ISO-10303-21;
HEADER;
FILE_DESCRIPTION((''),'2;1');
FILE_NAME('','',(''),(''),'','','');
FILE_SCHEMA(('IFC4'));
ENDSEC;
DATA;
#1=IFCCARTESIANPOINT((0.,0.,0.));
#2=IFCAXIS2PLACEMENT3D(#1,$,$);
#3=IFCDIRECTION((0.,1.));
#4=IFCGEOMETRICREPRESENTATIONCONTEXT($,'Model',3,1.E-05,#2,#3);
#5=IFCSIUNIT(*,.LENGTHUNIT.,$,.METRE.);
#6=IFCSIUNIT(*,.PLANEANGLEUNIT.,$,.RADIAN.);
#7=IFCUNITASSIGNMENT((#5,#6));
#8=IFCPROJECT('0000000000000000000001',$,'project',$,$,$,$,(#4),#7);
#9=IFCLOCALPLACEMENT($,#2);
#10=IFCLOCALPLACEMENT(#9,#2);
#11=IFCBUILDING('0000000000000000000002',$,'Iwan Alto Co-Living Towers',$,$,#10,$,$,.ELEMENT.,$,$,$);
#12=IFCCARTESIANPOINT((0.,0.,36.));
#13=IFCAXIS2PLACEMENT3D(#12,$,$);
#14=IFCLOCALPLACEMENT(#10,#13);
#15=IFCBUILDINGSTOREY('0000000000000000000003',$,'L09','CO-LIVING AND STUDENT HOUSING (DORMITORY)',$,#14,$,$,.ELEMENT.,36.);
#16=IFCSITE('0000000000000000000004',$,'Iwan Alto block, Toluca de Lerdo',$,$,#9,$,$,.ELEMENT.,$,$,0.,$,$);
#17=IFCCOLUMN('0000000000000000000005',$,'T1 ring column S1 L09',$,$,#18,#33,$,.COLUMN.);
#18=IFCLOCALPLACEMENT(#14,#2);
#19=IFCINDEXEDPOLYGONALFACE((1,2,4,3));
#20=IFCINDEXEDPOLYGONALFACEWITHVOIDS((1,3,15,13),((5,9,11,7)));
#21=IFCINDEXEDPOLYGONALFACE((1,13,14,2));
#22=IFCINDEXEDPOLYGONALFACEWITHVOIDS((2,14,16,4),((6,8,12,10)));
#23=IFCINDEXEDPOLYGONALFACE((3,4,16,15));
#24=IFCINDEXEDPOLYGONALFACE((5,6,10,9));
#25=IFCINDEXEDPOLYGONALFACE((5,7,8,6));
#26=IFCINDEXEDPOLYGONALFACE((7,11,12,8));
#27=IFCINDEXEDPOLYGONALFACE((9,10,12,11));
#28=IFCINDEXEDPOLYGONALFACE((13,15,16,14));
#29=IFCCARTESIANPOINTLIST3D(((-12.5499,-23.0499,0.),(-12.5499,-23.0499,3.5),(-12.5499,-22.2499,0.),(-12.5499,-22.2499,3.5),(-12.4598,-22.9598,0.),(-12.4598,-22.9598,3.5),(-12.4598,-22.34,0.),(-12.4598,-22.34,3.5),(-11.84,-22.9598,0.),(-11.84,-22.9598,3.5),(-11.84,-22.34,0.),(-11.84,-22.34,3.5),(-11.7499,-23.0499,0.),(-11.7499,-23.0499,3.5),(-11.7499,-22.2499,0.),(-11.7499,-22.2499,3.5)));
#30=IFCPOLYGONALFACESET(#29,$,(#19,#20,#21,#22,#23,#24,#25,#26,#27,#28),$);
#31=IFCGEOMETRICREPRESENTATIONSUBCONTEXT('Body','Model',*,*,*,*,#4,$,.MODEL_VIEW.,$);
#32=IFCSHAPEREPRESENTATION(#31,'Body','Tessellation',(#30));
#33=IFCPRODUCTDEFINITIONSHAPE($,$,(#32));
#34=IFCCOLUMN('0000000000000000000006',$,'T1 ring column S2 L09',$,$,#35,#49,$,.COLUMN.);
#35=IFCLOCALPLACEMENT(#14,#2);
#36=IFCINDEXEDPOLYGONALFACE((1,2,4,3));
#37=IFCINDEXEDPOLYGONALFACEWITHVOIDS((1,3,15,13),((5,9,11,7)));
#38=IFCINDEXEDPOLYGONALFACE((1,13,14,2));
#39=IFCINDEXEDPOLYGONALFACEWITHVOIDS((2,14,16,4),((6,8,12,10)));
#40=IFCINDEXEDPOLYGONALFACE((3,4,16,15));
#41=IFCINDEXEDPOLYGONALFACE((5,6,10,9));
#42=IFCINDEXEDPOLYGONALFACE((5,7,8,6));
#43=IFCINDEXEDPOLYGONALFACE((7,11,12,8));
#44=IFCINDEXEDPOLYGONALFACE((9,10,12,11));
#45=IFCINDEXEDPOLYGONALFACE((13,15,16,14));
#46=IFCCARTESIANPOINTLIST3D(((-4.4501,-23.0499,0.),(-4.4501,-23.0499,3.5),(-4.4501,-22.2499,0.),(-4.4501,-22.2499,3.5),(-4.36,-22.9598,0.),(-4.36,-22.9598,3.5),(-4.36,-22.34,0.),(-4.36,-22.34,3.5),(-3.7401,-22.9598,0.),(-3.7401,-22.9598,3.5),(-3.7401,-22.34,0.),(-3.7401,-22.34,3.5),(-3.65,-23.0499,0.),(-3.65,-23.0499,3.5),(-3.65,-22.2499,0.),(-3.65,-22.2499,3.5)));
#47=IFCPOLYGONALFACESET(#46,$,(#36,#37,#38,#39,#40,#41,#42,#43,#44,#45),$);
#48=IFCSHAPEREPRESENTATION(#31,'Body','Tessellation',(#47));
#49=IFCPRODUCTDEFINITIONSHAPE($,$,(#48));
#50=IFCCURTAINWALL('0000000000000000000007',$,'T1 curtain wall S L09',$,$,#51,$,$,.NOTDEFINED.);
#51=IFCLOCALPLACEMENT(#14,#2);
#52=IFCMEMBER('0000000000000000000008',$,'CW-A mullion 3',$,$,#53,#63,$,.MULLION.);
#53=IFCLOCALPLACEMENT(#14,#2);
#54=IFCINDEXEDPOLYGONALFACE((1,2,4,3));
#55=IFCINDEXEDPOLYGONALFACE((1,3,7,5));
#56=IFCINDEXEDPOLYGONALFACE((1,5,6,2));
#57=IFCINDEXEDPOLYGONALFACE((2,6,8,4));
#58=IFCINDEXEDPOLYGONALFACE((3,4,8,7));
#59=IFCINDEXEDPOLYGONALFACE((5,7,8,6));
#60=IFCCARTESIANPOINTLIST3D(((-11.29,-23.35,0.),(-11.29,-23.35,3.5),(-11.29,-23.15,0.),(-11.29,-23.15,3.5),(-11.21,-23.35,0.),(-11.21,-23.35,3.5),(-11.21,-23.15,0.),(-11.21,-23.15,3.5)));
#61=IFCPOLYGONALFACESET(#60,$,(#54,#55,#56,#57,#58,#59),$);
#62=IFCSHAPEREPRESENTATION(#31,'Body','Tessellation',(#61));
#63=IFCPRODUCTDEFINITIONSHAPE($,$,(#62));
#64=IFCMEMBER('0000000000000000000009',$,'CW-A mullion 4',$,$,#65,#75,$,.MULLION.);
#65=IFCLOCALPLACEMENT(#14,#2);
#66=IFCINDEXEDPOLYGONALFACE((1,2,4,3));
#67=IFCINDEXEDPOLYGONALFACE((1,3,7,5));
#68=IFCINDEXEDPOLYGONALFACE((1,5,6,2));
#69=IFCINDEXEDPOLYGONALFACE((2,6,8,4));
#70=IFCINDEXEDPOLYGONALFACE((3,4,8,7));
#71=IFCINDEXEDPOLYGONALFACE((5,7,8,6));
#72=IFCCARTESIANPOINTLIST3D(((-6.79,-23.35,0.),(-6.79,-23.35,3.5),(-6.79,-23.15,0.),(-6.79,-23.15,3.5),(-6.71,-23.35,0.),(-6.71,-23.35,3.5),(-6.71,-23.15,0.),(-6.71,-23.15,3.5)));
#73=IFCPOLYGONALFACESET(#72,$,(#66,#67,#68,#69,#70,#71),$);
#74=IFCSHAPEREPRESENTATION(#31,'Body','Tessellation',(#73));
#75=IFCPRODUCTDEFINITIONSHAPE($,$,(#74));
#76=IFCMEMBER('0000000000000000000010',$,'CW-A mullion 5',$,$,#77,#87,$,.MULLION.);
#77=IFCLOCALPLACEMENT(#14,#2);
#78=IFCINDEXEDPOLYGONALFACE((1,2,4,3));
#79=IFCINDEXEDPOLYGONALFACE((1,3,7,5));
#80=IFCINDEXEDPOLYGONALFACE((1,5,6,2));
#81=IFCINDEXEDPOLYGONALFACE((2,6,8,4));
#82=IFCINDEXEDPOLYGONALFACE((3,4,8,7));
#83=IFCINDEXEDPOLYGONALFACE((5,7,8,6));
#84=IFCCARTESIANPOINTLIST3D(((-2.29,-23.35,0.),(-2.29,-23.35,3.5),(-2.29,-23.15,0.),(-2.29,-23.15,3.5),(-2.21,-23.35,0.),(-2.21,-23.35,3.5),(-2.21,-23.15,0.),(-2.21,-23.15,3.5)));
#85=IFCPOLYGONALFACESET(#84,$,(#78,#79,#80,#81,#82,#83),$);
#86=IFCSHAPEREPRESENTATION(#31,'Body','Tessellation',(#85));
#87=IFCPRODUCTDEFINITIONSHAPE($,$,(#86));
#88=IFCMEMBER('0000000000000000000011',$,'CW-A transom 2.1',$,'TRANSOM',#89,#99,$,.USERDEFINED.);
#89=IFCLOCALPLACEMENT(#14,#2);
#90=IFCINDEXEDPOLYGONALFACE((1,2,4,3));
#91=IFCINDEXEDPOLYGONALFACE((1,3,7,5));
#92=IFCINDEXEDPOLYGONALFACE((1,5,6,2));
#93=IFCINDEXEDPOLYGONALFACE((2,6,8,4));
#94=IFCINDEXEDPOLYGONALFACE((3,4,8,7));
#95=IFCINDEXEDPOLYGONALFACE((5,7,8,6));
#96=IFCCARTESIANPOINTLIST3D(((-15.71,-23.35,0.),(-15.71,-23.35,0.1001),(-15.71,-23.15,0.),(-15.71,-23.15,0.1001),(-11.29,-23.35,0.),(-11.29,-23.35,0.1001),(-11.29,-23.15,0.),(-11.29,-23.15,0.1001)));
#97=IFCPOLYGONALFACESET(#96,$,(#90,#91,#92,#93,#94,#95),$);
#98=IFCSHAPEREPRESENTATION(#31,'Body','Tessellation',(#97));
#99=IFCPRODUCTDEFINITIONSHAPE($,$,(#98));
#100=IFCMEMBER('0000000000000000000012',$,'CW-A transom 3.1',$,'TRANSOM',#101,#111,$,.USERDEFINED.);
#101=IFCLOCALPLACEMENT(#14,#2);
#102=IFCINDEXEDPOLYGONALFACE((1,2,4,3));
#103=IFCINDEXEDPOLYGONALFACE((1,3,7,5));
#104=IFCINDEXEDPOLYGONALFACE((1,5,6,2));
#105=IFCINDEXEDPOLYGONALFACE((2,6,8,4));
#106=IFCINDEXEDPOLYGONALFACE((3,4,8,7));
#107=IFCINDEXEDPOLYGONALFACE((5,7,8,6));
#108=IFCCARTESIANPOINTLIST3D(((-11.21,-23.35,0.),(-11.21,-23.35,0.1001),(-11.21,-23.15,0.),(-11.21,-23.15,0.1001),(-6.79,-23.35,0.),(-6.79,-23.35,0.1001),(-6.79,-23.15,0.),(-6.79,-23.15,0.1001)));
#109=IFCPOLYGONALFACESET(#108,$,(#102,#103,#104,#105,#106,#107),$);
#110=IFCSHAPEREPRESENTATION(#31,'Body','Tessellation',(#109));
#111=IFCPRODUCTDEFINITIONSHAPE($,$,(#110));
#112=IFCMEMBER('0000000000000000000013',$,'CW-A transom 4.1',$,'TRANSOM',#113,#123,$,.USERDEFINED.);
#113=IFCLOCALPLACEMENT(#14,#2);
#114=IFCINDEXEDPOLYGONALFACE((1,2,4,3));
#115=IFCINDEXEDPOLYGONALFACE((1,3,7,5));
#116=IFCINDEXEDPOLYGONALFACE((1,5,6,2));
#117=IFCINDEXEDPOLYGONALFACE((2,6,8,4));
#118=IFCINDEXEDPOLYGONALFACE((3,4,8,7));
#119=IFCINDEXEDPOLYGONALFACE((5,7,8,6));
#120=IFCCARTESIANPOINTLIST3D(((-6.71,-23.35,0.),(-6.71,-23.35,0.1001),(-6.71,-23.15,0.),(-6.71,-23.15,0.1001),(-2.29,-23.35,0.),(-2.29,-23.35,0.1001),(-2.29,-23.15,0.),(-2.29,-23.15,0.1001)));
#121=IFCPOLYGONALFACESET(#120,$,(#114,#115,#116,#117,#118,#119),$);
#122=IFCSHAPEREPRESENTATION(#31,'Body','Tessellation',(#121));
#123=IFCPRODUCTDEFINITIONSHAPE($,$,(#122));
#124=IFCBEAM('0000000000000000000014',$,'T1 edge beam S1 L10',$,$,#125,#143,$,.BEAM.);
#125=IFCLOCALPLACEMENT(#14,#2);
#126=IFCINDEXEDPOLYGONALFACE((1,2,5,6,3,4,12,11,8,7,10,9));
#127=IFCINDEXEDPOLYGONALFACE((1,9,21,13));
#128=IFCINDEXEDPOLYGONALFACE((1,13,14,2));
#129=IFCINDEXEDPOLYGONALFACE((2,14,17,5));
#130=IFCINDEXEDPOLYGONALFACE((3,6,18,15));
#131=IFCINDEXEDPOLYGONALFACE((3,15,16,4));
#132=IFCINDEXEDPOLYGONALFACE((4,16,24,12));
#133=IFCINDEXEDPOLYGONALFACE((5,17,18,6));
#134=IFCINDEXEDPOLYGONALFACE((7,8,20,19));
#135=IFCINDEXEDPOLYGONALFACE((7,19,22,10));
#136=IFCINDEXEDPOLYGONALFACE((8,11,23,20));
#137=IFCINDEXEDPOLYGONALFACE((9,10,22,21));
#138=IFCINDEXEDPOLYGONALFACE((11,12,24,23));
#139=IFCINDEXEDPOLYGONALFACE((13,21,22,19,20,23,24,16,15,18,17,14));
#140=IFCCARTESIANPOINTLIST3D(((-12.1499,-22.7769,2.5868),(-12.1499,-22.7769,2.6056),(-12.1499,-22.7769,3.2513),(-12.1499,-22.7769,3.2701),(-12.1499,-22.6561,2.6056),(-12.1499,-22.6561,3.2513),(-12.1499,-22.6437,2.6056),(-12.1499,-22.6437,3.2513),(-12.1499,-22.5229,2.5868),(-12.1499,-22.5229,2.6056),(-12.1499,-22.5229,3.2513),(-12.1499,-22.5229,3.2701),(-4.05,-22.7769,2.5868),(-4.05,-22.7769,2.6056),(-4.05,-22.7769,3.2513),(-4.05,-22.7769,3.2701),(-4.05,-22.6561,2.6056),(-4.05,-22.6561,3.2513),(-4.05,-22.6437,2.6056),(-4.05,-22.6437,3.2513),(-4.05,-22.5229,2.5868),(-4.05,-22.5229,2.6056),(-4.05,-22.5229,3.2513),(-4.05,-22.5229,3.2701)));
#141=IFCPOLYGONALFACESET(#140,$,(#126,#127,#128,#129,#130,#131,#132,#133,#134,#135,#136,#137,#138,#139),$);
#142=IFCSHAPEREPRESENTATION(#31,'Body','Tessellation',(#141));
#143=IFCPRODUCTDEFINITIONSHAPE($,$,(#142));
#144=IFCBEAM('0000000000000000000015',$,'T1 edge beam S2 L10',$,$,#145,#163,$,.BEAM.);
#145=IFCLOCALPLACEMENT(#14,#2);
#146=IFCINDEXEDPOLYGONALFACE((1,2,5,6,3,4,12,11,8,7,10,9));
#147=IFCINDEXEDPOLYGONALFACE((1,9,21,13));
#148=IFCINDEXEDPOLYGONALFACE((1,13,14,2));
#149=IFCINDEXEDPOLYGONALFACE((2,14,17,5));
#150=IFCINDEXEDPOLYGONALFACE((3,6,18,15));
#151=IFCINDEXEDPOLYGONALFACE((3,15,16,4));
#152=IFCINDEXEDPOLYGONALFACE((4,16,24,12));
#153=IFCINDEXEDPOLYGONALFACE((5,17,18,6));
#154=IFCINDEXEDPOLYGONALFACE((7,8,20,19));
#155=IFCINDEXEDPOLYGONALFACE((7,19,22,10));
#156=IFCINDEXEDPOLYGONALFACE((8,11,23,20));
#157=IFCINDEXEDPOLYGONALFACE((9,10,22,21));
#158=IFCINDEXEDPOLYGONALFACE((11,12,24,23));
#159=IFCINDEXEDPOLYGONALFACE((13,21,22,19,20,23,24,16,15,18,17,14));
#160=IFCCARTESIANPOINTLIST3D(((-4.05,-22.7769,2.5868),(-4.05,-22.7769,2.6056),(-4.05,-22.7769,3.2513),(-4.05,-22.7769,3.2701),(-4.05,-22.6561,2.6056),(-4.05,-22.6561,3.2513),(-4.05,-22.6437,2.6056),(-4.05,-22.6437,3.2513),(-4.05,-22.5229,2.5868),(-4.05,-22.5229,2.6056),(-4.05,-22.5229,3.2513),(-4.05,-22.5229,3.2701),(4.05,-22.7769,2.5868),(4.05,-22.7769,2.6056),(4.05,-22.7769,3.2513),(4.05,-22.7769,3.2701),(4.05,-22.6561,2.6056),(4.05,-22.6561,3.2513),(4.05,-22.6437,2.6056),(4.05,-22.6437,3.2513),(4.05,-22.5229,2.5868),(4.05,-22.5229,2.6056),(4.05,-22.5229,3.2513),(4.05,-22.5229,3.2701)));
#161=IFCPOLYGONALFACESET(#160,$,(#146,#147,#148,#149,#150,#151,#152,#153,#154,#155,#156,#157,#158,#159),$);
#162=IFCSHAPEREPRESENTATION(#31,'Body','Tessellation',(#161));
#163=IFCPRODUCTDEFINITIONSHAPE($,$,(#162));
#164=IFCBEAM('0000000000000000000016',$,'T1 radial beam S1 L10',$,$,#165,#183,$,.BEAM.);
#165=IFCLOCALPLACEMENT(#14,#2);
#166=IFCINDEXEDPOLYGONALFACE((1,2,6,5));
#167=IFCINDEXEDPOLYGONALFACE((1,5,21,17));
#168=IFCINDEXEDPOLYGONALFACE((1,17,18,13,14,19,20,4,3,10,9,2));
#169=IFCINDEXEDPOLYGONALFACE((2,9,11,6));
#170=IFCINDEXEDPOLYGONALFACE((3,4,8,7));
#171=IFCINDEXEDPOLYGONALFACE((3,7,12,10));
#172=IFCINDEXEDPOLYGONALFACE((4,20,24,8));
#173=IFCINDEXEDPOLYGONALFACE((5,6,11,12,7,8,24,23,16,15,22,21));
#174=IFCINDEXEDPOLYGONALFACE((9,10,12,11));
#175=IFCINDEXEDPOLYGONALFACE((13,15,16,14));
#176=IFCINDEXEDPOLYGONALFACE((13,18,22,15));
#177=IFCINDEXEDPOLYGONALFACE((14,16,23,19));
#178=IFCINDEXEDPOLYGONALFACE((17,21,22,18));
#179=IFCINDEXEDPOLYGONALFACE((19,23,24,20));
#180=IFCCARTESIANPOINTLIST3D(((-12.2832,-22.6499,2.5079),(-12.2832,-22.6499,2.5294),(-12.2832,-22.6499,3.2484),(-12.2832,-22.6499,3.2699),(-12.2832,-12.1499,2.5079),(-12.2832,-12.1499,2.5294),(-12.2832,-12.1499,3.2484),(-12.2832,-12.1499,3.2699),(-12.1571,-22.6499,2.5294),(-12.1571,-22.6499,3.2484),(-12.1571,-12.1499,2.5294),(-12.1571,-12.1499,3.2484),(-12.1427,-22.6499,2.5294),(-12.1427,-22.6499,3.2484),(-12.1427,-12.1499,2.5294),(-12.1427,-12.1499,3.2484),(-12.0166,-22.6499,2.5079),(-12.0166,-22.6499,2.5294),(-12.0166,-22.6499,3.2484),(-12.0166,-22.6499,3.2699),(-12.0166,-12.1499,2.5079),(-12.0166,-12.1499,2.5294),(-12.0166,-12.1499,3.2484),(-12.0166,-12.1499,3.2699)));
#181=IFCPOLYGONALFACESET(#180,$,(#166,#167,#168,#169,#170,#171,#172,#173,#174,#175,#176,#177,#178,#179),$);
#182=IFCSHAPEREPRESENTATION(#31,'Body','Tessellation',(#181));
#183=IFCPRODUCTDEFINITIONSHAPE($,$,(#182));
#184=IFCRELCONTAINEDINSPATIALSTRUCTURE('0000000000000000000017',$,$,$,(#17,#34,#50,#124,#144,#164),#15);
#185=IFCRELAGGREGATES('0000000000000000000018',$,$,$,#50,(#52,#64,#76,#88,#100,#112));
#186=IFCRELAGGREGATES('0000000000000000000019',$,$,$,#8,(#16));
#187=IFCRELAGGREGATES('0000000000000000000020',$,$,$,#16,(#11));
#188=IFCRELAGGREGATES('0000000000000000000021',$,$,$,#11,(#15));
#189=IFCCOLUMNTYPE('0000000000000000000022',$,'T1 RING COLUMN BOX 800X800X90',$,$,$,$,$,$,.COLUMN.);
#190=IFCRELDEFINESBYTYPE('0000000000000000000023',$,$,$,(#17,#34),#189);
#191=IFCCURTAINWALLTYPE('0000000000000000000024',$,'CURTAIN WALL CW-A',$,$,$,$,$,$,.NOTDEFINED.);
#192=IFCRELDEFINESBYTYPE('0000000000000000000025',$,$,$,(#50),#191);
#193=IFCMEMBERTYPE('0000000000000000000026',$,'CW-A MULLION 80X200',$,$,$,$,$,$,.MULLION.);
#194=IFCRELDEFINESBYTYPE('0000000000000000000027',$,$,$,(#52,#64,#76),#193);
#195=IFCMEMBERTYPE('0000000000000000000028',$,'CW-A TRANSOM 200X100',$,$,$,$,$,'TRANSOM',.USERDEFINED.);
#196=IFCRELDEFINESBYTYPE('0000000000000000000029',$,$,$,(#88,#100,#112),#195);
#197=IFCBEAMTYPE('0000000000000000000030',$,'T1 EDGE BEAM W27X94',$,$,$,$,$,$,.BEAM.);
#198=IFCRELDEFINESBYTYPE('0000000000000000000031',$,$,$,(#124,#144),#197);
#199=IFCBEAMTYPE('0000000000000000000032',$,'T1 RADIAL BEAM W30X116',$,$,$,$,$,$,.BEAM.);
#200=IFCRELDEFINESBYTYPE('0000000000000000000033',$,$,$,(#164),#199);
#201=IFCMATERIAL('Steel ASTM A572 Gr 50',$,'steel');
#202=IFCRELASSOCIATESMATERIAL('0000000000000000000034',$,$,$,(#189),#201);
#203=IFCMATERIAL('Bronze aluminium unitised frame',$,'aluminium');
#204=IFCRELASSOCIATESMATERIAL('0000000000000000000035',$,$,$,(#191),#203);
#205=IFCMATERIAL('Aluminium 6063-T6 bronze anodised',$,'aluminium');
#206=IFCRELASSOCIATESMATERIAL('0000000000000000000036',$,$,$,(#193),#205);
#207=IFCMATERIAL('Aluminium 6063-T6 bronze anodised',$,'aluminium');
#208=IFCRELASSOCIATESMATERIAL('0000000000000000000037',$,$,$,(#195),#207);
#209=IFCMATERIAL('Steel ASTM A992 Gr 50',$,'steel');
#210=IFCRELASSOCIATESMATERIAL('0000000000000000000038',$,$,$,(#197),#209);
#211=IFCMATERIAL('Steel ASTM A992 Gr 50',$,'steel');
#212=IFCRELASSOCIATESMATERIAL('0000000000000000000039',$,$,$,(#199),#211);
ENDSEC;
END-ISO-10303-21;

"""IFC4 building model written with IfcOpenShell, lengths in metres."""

from ifc_helpers import new_model, si_unit, direction, frame, origin, origin_2d, place, context, subcontext, project, spatial, rectangle, hollow_rectangle, i_section, extrude, material, material_profile, profile_set, type_object, element, aggregate, save


model = new_model("IFC4")

# Units and contexts
model_context = context("Model", 3, precision=1e-05, world=origin(), true_north=direction((0.0, 1.0)))
body_context = subcontext(model_context, "Body", "Model", "MODEL_VIEW")
ifc_project = project(units=[si_unit("LENGTHUNIT", "METRE"), si_unit("PLANEANGLEUNIT", "RADIAN")], contexts=[model_context])

# Site, building, storey
site_placement = place(None, origin())
site = spatial("IfcSite", under=ifc_project, at=site_placement, Name="Iwan Alto block, Toluca de Lerdo", CompositionType="ELEMENT", RefElevation=0.0)
building_placement = place(site_placement, origin())
building = spatial("IfcBuilding", under=site, at=building_placement, Name="Iwan Alto Co-Living Towers", CompositionType="ELEMENT")
storey_placement = place(building_placement, frame((0.0, 0.0, 36.0)))
storey = spatial("IfcBuildingStorey", under=building, at=storey_placement, Name="L09", Description="CO-LIVING AND STUDENT HOUSING (DORMITORY)", CompositionType="ELEMENT", Elevation=36.0)

# Columns
ifc_material_1 = material(Name="Steel ASTM A572 Gr 50", Category="steel")
ifc_material_profile_1 = material_profile(ifc_material_1, hollow_rectangle(XDim=0.8, YDim=0.8, WallThickness=0.0901, at=origin_2d()), Name="BOX 800X800X90")
ifc_profile_set_1 = profile_set([ifc_material_profile_1], Name="Steel ASTM A572 Gr 50")
column_type = type_object("IfcColumnType", Name="T1 RING COLUMN BOX 800X800X90", PredefinedType="COLUMN", material=ifc_profile_set_1)
for number, where, z_axis, x_axis, name in (
    (1, (-12.1499, -22.6499, 0.0), (0.0, 0.0, 1.0), (1.0, 0.0, 0.0), "T1 ring column S1 L09"),
    (2, (-4.05, -22.6499, 0.0), (0.0, 0.0, 1.0), (1.0, 0.0, 0.0), "T1 ring column S2 L09"),
):
    element("IfcColumn", number, at=place(storey_placement, frame(where, z_axis=z_axis, x_axis=x_axis)), inside=storey, type_object=column_type, Name=name, PredefinedType="COLUMN", context=body_context, shape_type="SweptSolid", body=[
        extrude(hollow_rectangle(XDim=0.8, YDim=0.8, WallThickness=0.0901, at=origin_2d()), origin(), (0.0, 0.0, 1.0), 3.5),
    ])

# Curtain wall, members
ifc_material_2 = material(Name="Bronze aluminium unitised frame", Category="aluminium")
curtain_wall_type = type_object("IfcCurtainWallType", Name="CURTAIN WALL CW-A", PredefinedType="NOTDEFINED", material=ifc_material_2)
curtain_wall_placement = place(storey_placement, origin())
curtain_wall = element("IfcCurtainWall", 3, at=curtain_wall_placement, inside=storey, type_object=curtain_wall_type, Name="T1 curtain wall S L09", PredefinedType="NOTDEFINED")
ifc_material_3 = material(Name="Aluminium 6063-T6 bronze anodised", Category="aluminium")
ifc_material_profile_2 = material_profile(ifc_material_3, rectangle(XDim=0.2, YDim=0.0801, at=origin_2d()), Name="AL 80X200")
ifc_profile_set_2 = profile_set([ifc_material_profile_2], Name="Aluminium 6063-T6 bronze anodised")
member_type_1 = type_object("IfcMemberType", Name="CW-A MULLION 80X200", PredefinedType="MULLION", material=ifc_profile_set_2)
member_1_placement = place(storey_placement, frame((-11.25, -23.25, 0.0), z_axis=(0.0, 0.0, 1.0), x_axis=(0.0, 1.0, 0.0)))
member_1 = element("IfcMember", 4, at=member_1_placement, type_object=member_type_1, Name="CW-A mullion 3", PredefinedType="MULLION", context=body_context, shape_type="SweptSolid", body=[
    extrude(rectangle(XDim=0.2, YDim=0.0801, at=origin_2d()), origin(), (0.0, 0.0, 1.0), 3.5),
])
member_2_placement = place(storey_placement, frame((-6.75, -23.25, 0.0), z_axis=(0.0, 0.0, 1.0), x_axis=(0.0, 1.0, 0.0)))
member_2 = element("IfcMember", 5, at=member_2_placement, type_object=member_type_1, Name="CW-A mullion 4", PredefinedType="MULLION", context=body_context, shape_type="SweptSolid", body=[
    extrude(rectangle(XDim=0.2, YDim=0.0801, at=origin_2d()), origin(), (0.0, 0.0, 1.0), 3.5),
])
member_3_placement = place(storey_placement, frame((-2.25, -23.25, 0.0), z_axis=(0.0, 0.0, 1.0), x_axis=(0.0, 1.0, 0.0)))
member_3 = element("IfcMember", 6, at=member_3_placement, type_object=member_type_1, Name="CW-A mullion 5", PredefinedType="MULLION", context=body_context, shape_type="SweptSolid", body=[
    extrude(rectangle(XDim=0.2, YDim=0.0801, at=origin_2d()), origin(), (0.0, 0.0, 1.0), 3.5),
])
ifc_material_4 = material(Name="Aluminium 6063-T6 bronze anodised", Category="aluminium")
ifc_material_profile_3 = material_profile(ifc_material_4, rectangle(XDim=0.2, YDim=0.1001, at=origin_2d()), Name="AL 200X100")
ifc_profile_set_3 = profile_set([ifc_material_profile_3], Name="Aluminium 6063-T6 bronze anodised")
member_type_2 = type_object("IfcMemberType", Name="CW-A TRANSOM 200X100", ElementType="TRANSOM", PredefinedType="USERDEFINED", material=ifc_profile_set_3)
member_4_placement = place(storey_placement, frame((-15.71, -23.25, 0.05), z_axis=(1.0, 0.0, 0.0), x_axis=(0.0, 1.0, 0.0)))
member_4 = element("IfcMember", 7, at=member_4_placement, type_object=member_type_2, Name="CW-A transom 2.1", ObjectType="TRANSOM", PredefinedType="USERDEFINED", context=body_context, shape_type="SweptSolid", body=[
    extrude(rectangle(XDim=0.2, YDim=0.1001, at=origin_2d()), origin(), (0.0, 0.0, 1.0), 4.4199),
])
member_5_placement = place(storey_placement, frame((-11.21, -23.25, 0.05), z_axis=(1.0, 0.0, 0.0), x_axis=(0.0, 1.0, 0.0)))
member_5 = element("IfcMember", 8, at=member_5_placement, type_object=member_type_2, Name="CW-A transom 3.1", ObjectType="TRANSOM", PredefinedType="USERDEFINED", context=body_context, shape_type="SweptSolid", body=[
    extrude(rectangle(XDim=0.2, YDim=0.1001, at=origin_2d()), origin(), (0.0, 0.0, 1.0), 4.4199),
])
member_6_placement = place(storey_placement, frame((-6.71, -23.25, 0.05), z_axis=(1.0, 0.0, 0.0), x_axis=(0.0, 1.0, 0.0)))
member_6 = element("IfcMember", 9, at=member_6_placement, type_object=member_type_2, Name="CW-A transom 4.1", ObjectType="TRANSOM", PredefinedType="USERDEFINED", context=body_context, shape_type="SweptSolid", body=[
    extrude(rectangle(XDim=0.2, YDim=0.1001, at=origin_2d()), origin(), (0.0, 0.0, 1.0), 4.4199),
])

# Beams
ifc_material_5 = material(Name="Steel ASTM A992 Gr 50", Category="steel")
ifc_material_profile_4 = material_profile(ifc_material_5, i_section(OverallWidth=0.2539, OverallDepth=0.6833, WebThickness=0.0125, FlangeThickness=0.0188, at=origin_2d()), Name="W27X94")
ifc_profile_set_4 = profile_set([ifc_material_profile_4], Name="Steel ASTM A992 Gr 50")
beam_type_1 = type_object("IfcBeamType", Name="T1 EDGE BEAM W27X94", PredefinedType="BEAM", material=ifc_profile_set_4)
beam_1_placement = place(storey_placement, frame((-12.1499, -22.6499, 2.9285), z_axis=(1.0, 0.0, 0.0), x_axis=(0.0, 1.0, 0.0)))
element("IfcBeam", 10, at=beam_1_placement, inside=storey, type_object=beam_type_1, Name="T1 edge beam S1 L10", PredefinedType="BEAM", context=body_context, shape_type="SweptSolid", body=[
    extrude(i_section(OverallWidth=0.2539, OverallDepth=0.6833, WebThickness=0.0125, FlangeThickness=0.0188, at=origin_2d()), origin(), (0.0, 0.0, 1.0), 8.0999),
])
beam_2_placement = place(storey_placement, frame((-4.05, -22.6499, 2.9285), z_axis=(1.0, 0.0, 0.0), x_axis=(0.0, 1.0, 0.0)))
element("IfcBeam", 11, at=beam_2_placement, inside=storey, type_object=beam_type_1, Name="T1 edge beam S2 L10", PredefinedType="BEAM", context=body_context, shape_type="SweptSolid", body=[
    extrude(i_section(OverallWidth=0.2539, OverallDepth=0.6833, WebThickness=0.0125, FlangeThickness=0.0188, at=origin_2d()), origin(), (0.0, 0.0, 1.0), 8.1001),
])
ifc_material_6 = material(Name="Steel ASTM A992 Gr 50", Category="steel")
ifc_material_profile_5 = material_profile(ifc_material_6, i_section(OverallWidth=0.2666, OverallDepth=0.762, WebThickness=0.0144, FlangeThickness=0.0215, at=origin_2d()), Name="W30X116")
ifc_profile_set_5 = profile_set([ifc_material_profile_5], Name="Steel ASTM A992 Gr 50")
beam_type_2 = type_object("IfcBeamType", Name="T1 RADIAL BEAM W30X116", PredefinedType="BEAM", material=ifc_profile_set_5)
beam_3_placement = place(storey_placement, frame((-12.1499, -22.6499, 2.8889), z_axis=(0.0, 1.0, 0.0), x_axis=(-1.0, 0.0, 0.0)))
element("IfcBeam", 12, at=beam_3_placement, inside=storey, type_object=beam_type_2, Name="T1 radial beam S1 L10", PredefinedType="BEAM", context=body_context, shape_type="SweptSolid", body=[
    extrude(i_section(OverallWidth=0.2666, OverallDepth=0.762, WebThickness=0.0144, FlangeThickness=0.0215, at=origin_2d()), origin(), (0.0, 0.0, 1.0), 10.5),
])

aggregate(curtain_wall, [member_1, member_2, member_3, member_4, member_5, member_6])

save(model, "model.ifc")
